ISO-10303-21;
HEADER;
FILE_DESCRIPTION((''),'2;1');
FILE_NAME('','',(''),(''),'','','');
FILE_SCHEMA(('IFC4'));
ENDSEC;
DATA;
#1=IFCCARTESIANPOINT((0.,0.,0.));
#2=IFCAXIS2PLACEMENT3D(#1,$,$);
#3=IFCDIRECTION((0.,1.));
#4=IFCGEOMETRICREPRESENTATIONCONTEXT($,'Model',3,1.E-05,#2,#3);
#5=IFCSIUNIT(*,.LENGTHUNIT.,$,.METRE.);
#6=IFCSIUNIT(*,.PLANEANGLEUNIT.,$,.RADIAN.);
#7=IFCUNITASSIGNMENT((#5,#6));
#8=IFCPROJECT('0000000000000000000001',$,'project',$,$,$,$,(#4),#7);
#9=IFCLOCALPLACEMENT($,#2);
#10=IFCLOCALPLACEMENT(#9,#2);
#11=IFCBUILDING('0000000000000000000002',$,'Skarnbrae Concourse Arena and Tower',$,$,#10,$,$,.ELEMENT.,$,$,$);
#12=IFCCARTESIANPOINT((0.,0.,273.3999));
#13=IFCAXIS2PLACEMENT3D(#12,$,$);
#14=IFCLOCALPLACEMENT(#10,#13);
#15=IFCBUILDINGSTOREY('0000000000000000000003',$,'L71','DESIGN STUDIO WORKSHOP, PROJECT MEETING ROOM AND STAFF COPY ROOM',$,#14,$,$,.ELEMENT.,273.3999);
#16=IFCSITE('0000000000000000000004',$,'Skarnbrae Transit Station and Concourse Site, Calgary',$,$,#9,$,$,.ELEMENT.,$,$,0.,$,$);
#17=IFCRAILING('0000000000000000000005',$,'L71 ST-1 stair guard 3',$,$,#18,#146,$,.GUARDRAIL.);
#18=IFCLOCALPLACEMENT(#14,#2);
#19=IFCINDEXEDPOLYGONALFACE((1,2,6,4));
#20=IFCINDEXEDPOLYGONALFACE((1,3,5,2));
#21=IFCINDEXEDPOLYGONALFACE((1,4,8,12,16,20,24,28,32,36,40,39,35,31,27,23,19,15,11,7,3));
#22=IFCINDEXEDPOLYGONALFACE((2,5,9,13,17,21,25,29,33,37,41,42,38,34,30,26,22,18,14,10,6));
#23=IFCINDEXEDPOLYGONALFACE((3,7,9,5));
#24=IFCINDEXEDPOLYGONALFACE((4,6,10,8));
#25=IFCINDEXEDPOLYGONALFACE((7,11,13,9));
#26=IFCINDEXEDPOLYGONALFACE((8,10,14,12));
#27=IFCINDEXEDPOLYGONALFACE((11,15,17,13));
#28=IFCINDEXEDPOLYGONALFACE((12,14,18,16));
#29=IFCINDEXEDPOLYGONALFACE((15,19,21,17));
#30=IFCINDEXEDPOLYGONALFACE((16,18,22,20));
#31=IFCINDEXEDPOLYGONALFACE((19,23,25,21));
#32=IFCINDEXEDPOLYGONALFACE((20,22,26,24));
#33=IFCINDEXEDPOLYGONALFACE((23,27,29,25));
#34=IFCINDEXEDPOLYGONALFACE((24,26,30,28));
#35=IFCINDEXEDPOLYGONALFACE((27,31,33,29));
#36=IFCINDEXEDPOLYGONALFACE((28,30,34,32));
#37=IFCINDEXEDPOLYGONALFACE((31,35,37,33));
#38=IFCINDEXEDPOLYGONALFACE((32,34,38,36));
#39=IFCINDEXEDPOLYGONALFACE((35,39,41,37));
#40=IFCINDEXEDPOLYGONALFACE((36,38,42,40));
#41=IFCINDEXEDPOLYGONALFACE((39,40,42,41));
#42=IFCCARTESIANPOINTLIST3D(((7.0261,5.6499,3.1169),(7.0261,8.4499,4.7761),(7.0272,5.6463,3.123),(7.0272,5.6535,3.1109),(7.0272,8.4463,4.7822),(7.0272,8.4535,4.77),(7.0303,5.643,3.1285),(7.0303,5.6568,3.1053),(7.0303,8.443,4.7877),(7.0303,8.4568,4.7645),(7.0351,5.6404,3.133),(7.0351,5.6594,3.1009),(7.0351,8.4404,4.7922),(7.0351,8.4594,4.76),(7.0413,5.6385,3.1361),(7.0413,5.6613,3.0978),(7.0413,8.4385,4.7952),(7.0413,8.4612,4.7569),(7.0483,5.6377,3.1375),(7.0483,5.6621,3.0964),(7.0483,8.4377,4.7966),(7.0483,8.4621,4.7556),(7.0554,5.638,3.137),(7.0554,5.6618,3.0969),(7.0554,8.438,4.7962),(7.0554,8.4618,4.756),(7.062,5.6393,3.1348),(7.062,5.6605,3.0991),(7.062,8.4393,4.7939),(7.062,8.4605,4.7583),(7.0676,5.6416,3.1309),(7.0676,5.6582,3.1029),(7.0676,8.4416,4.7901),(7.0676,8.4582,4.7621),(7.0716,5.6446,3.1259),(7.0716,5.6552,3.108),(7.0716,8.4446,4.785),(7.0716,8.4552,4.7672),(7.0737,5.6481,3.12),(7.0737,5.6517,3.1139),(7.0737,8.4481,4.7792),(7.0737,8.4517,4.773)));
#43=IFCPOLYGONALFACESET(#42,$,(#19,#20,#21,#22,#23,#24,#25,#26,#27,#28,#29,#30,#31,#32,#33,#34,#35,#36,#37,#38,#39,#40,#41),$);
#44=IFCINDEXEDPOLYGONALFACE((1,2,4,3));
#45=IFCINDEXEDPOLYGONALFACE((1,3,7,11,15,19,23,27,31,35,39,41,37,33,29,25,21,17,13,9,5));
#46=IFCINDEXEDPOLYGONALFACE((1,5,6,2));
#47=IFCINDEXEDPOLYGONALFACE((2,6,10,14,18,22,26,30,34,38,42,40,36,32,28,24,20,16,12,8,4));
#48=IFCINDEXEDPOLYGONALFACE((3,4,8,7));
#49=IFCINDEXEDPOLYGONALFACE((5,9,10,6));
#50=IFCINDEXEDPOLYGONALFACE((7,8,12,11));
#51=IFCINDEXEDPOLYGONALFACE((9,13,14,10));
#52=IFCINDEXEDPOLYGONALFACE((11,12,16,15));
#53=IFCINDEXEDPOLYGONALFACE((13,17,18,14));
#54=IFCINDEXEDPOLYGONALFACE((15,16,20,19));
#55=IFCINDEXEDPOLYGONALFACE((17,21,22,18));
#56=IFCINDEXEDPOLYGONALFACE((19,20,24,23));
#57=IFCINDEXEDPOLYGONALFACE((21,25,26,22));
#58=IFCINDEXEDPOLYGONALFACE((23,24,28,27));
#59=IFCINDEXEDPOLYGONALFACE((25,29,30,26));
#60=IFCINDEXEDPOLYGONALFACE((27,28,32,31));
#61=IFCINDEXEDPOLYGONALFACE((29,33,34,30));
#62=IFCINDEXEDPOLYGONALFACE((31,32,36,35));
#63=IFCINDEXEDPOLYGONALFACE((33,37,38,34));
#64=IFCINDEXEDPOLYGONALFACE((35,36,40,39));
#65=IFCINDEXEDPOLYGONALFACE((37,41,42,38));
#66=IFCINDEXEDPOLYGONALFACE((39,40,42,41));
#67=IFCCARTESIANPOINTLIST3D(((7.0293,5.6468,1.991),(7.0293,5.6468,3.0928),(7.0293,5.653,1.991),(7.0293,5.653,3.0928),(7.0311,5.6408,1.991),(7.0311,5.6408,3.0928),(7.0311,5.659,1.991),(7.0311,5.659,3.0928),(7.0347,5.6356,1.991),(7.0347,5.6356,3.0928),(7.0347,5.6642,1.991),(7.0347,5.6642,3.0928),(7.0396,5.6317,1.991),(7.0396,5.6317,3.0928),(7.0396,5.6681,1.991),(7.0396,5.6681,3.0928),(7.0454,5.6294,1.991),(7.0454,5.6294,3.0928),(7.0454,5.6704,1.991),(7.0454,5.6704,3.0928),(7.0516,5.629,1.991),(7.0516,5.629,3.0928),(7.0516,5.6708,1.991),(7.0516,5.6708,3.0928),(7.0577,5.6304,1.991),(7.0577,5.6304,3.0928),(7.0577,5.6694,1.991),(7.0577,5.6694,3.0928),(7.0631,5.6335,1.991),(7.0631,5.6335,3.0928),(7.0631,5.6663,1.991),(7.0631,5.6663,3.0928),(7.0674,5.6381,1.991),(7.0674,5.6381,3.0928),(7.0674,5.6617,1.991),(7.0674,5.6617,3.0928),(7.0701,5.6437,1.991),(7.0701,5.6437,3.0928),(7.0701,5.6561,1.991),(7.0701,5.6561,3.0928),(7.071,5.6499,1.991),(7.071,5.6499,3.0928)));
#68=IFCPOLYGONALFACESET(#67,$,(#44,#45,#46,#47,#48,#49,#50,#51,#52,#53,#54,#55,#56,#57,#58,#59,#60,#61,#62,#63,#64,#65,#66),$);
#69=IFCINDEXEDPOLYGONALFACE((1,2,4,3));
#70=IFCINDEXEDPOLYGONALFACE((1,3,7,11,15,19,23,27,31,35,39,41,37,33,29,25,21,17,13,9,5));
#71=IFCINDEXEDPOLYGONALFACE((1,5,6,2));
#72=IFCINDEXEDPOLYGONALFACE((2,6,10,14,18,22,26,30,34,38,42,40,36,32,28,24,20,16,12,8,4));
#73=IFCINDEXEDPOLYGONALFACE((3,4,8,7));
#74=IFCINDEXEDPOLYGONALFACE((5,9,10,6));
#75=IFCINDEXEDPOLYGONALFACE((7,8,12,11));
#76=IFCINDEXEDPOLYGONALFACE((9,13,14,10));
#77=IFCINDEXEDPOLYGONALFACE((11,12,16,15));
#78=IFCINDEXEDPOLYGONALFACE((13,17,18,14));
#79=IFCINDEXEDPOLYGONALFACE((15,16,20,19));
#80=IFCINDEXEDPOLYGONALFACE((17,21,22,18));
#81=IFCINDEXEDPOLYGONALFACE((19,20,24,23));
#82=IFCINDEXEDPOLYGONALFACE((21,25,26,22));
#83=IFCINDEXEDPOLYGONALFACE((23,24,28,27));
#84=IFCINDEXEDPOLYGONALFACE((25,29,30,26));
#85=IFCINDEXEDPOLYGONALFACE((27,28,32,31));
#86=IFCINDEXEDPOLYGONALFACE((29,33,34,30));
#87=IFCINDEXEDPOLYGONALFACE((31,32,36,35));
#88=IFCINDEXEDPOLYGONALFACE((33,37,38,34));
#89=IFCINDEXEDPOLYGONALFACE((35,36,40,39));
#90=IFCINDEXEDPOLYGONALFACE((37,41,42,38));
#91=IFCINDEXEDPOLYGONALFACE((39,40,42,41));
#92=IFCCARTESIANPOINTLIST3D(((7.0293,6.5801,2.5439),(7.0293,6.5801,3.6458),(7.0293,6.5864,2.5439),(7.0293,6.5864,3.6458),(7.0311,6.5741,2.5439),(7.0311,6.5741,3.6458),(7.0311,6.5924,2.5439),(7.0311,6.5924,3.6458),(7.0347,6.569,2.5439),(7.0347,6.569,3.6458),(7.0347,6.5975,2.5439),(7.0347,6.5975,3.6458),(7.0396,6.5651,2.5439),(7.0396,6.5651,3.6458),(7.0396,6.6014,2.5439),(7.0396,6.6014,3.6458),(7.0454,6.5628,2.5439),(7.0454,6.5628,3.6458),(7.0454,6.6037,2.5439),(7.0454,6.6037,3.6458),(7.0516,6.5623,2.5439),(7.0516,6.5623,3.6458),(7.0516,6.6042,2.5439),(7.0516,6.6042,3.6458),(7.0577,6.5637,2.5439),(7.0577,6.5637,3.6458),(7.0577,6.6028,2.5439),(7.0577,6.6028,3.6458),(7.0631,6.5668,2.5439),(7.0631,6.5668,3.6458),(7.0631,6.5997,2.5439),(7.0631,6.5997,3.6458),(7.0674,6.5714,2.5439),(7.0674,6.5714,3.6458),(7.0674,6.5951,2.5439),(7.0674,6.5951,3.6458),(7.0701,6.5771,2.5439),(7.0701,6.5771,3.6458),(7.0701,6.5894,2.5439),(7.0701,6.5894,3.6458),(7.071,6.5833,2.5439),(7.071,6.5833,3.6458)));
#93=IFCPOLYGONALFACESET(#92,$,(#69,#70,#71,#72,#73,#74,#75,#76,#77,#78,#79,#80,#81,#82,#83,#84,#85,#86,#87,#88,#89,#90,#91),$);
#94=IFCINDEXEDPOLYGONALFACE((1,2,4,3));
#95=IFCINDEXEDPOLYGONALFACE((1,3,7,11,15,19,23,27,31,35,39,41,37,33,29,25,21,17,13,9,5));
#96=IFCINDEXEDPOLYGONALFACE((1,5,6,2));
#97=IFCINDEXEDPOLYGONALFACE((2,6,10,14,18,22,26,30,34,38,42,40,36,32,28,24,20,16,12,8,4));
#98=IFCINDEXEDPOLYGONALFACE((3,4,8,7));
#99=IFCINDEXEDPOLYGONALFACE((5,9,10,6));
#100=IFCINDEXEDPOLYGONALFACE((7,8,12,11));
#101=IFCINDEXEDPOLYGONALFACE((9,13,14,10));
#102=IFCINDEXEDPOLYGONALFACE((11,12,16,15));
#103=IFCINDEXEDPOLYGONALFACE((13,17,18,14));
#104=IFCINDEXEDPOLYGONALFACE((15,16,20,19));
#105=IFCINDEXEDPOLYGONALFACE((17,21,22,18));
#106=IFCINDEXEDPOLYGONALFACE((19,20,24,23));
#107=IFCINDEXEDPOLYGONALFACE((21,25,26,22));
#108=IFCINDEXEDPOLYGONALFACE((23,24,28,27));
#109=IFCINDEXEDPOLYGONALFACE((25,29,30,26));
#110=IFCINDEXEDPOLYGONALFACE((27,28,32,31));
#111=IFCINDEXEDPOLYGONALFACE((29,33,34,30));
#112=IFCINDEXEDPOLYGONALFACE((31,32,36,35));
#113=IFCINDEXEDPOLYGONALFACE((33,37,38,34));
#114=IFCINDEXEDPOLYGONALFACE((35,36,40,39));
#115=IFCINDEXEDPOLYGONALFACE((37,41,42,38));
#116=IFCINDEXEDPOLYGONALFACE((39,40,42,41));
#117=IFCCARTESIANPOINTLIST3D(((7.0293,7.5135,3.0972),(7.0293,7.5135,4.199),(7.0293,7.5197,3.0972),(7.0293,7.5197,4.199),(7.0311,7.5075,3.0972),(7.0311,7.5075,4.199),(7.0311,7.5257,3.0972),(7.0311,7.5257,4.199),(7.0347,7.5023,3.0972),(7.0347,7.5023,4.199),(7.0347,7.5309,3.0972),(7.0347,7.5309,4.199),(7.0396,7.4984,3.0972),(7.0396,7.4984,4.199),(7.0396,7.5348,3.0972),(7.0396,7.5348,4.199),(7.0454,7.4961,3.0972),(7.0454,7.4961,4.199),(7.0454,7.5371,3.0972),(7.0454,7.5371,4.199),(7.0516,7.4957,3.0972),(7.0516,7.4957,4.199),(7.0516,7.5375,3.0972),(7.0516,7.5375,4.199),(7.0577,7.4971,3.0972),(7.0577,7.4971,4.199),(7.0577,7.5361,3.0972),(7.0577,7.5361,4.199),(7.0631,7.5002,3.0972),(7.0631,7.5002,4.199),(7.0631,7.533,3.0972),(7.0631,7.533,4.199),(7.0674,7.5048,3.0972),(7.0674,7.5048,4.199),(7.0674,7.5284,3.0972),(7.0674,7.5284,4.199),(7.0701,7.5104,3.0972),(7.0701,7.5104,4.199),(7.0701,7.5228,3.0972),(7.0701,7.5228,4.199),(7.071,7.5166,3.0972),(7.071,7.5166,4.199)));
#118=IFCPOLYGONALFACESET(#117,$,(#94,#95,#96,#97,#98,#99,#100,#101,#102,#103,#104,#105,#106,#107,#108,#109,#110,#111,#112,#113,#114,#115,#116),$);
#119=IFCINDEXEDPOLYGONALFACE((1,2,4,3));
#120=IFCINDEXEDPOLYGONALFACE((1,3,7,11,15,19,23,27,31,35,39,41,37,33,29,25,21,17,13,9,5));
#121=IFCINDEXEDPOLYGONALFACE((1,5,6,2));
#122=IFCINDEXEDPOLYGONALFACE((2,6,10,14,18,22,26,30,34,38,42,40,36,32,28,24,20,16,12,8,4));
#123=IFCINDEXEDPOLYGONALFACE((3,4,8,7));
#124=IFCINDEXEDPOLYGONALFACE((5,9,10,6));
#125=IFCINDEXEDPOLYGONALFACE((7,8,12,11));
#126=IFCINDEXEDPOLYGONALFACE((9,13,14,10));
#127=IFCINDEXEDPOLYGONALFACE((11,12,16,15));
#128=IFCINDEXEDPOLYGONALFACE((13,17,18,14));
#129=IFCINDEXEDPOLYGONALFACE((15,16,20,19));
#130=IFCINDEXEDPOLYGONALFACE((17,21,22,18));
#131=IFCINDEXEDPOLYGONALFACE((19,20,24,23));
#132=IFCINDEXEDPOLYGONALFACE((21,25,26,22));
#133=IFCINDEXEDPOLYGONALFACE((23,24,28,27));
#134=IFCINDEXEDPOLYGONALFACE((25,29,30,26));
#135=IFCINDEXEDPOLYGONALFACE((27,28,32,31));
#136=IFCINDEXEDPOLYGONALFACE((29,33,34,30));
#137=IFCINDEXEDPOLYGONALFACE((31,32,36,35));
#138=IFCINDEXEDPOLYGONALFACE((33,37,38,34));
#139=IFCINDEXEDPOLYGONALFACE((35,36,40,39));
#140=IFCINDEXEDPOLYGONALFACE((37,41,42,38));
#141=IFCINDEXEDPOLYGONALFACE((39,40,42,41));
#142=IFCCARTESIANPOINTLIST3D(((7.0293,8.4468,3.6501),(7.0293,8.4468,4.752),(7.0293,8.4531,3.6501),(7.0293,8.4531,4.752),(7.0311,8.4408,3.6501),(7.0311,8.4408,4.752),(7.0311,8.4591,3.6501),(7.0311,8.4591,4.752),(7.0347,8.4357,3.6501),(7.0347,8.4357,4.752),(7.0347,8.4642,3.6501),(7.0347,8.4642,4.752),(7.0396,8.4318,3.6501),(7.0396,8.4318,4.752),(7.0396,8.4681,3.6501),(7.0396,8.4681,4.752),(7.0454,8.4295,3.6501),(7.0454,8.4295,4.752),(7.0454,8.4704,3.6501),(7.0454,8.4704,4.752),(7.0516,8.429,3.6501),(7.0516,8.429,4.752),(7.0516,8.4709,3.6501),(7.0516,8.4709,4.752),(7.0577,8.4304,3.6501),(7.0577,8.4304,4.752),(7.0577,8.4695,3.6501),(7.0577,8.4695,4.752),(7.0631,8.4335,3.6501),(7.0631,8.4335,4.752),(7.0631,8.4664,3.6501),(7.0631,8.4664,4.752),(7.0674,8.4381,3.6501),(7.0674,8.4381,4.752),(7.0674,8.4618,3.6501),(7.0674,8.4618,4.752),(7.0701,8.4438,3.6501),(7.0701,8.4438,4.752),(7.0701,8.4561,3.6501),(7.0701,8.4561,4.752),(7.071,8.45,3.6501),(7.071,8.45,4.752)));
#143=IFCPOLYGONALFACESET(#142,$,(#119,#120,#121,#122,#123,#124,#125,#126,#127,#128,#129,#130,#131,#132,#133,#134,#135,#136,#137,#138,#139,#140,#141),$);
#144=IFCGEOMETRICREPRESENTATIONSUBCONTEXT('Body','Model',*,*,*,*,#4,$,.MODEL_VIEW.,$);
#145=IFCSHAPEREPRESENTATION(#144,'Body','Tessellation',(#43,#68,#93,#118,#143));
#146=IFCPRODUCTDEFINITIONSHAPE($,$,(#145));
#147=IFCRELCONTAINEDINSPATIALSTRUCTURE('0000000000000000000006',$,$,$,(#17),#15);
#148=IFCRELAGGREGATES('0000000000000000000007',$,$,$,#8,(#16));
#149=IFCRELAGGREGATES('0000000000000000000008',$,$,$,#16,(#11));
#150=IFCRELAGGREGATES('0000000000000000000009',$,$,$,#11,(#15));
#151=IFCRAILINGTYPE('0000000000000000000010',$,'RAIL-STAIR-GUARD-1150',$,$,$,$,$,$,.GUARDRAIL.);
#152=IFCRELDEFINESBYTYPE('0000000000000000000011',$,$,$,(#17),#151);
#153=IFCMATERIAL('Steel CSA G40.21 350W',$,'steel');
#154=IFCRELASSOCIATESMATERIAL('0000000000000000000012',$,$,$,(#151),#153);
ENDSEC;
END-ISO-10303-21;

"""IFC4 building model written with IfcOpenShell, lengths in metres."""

from ifc_helpers import new_model, si_unit, direction, frame, origin, origin_2d, place, context, subcontext, project, spatial, circle, extrude, material, type_object, element, save


model = new_model("IFC4")

# Units and contexts
model_context = context("Model", 3, precision=1e-05, world=origin(), true_north=direction((0.0, 1.0)))
body_context = subcontext(model_context, "Body", "Model", "MODEL_VIEW")
ifc_project = project(units=[si_unit("LENGTHUNIT", "METRE"), si_unit("PLANEANGLEUNIT", "RADIAN")], contexts=[model_context])

# Site, building, storey
site_placement = place(None, origin())
site = spatial("IfcSite", under=ifc_project, at=site_placement, Name="Skarnbrae Transit Station and Concourse Site, Calgary", CompositionType="ELEMENT", RefElevation=0.0)
building_placement = place(site_placement, origin())
building = spatial("IfcBuilding", under=site, at=building_placement, Name="Skarnbrae Concourse Arena and Tower", CompositionType="ELEMENT")
storey_placement = place(building_placement, frame((0.0, 0.0, 273.3999)))
storey = spatial("IfcBuildingStorey", under=building, at=storey_placement, Name="L71", Description="DESIGN STUDIO WORKSHOP, PROJECT MEETING ROOM AND STAFF COPY ROOM", CompositionType="ELEMENT", Elevation=273.3999)

# Shared definitions
ifc_material_1 = material(Name="Steel CSA G40.21 350W", Category="steel")

# Railing
railing_type_1 = type_object("IfcRailingType", Name="RAIL-STAIR-GUARD-1150", PredefinedType="GUARDRAIL", material=ifc_material_1)
railing_1_placement = place(storey_placement, frame((7.05, 5.6499, 1.991)))
element("IfcRailing", 1, at=railing_1_placement, inside=storey, type_object=railing_type_1, Name="L71 ST-1 stair guard 3", PredefinedType="GUARDRAIL", context=body_context, shape_type="SweptSolid", body=[
    extrude(circle(Radius=0.0239, at=origin_2d()), frame((0.0, 0.0, 1.126), z_axis=(0.0, 0.860306, 0.509778), x_axis=(-1.0, 0.0, 0.0)), (0.0, 0.0, 1.0), 3.2546),
    extrude(circle(Radius=0.021, at=origin_2d()), origin(), (0.0, 0.0, 1.0), 1.1018),
    extrude(circle(Radius=0.021, at=origin_2d()), frame((0.0, 0.9333, 0.553)), (0.0, 0.0, 1.0), 1.1018),
    extrude(circle(Radius=0.021, at=origin_2d()), frame((0.0, 1.8667, 1.1062)), (0.0, 0.0, 1.0), 1.1018),
    extrude(circle(Radius=0.021, at=origin_2d()), frame((0.0, 2.8, 1.6592)), (0.0, 0.0, 1.0), 1.1018),
])

save(model, "model.ifc")
